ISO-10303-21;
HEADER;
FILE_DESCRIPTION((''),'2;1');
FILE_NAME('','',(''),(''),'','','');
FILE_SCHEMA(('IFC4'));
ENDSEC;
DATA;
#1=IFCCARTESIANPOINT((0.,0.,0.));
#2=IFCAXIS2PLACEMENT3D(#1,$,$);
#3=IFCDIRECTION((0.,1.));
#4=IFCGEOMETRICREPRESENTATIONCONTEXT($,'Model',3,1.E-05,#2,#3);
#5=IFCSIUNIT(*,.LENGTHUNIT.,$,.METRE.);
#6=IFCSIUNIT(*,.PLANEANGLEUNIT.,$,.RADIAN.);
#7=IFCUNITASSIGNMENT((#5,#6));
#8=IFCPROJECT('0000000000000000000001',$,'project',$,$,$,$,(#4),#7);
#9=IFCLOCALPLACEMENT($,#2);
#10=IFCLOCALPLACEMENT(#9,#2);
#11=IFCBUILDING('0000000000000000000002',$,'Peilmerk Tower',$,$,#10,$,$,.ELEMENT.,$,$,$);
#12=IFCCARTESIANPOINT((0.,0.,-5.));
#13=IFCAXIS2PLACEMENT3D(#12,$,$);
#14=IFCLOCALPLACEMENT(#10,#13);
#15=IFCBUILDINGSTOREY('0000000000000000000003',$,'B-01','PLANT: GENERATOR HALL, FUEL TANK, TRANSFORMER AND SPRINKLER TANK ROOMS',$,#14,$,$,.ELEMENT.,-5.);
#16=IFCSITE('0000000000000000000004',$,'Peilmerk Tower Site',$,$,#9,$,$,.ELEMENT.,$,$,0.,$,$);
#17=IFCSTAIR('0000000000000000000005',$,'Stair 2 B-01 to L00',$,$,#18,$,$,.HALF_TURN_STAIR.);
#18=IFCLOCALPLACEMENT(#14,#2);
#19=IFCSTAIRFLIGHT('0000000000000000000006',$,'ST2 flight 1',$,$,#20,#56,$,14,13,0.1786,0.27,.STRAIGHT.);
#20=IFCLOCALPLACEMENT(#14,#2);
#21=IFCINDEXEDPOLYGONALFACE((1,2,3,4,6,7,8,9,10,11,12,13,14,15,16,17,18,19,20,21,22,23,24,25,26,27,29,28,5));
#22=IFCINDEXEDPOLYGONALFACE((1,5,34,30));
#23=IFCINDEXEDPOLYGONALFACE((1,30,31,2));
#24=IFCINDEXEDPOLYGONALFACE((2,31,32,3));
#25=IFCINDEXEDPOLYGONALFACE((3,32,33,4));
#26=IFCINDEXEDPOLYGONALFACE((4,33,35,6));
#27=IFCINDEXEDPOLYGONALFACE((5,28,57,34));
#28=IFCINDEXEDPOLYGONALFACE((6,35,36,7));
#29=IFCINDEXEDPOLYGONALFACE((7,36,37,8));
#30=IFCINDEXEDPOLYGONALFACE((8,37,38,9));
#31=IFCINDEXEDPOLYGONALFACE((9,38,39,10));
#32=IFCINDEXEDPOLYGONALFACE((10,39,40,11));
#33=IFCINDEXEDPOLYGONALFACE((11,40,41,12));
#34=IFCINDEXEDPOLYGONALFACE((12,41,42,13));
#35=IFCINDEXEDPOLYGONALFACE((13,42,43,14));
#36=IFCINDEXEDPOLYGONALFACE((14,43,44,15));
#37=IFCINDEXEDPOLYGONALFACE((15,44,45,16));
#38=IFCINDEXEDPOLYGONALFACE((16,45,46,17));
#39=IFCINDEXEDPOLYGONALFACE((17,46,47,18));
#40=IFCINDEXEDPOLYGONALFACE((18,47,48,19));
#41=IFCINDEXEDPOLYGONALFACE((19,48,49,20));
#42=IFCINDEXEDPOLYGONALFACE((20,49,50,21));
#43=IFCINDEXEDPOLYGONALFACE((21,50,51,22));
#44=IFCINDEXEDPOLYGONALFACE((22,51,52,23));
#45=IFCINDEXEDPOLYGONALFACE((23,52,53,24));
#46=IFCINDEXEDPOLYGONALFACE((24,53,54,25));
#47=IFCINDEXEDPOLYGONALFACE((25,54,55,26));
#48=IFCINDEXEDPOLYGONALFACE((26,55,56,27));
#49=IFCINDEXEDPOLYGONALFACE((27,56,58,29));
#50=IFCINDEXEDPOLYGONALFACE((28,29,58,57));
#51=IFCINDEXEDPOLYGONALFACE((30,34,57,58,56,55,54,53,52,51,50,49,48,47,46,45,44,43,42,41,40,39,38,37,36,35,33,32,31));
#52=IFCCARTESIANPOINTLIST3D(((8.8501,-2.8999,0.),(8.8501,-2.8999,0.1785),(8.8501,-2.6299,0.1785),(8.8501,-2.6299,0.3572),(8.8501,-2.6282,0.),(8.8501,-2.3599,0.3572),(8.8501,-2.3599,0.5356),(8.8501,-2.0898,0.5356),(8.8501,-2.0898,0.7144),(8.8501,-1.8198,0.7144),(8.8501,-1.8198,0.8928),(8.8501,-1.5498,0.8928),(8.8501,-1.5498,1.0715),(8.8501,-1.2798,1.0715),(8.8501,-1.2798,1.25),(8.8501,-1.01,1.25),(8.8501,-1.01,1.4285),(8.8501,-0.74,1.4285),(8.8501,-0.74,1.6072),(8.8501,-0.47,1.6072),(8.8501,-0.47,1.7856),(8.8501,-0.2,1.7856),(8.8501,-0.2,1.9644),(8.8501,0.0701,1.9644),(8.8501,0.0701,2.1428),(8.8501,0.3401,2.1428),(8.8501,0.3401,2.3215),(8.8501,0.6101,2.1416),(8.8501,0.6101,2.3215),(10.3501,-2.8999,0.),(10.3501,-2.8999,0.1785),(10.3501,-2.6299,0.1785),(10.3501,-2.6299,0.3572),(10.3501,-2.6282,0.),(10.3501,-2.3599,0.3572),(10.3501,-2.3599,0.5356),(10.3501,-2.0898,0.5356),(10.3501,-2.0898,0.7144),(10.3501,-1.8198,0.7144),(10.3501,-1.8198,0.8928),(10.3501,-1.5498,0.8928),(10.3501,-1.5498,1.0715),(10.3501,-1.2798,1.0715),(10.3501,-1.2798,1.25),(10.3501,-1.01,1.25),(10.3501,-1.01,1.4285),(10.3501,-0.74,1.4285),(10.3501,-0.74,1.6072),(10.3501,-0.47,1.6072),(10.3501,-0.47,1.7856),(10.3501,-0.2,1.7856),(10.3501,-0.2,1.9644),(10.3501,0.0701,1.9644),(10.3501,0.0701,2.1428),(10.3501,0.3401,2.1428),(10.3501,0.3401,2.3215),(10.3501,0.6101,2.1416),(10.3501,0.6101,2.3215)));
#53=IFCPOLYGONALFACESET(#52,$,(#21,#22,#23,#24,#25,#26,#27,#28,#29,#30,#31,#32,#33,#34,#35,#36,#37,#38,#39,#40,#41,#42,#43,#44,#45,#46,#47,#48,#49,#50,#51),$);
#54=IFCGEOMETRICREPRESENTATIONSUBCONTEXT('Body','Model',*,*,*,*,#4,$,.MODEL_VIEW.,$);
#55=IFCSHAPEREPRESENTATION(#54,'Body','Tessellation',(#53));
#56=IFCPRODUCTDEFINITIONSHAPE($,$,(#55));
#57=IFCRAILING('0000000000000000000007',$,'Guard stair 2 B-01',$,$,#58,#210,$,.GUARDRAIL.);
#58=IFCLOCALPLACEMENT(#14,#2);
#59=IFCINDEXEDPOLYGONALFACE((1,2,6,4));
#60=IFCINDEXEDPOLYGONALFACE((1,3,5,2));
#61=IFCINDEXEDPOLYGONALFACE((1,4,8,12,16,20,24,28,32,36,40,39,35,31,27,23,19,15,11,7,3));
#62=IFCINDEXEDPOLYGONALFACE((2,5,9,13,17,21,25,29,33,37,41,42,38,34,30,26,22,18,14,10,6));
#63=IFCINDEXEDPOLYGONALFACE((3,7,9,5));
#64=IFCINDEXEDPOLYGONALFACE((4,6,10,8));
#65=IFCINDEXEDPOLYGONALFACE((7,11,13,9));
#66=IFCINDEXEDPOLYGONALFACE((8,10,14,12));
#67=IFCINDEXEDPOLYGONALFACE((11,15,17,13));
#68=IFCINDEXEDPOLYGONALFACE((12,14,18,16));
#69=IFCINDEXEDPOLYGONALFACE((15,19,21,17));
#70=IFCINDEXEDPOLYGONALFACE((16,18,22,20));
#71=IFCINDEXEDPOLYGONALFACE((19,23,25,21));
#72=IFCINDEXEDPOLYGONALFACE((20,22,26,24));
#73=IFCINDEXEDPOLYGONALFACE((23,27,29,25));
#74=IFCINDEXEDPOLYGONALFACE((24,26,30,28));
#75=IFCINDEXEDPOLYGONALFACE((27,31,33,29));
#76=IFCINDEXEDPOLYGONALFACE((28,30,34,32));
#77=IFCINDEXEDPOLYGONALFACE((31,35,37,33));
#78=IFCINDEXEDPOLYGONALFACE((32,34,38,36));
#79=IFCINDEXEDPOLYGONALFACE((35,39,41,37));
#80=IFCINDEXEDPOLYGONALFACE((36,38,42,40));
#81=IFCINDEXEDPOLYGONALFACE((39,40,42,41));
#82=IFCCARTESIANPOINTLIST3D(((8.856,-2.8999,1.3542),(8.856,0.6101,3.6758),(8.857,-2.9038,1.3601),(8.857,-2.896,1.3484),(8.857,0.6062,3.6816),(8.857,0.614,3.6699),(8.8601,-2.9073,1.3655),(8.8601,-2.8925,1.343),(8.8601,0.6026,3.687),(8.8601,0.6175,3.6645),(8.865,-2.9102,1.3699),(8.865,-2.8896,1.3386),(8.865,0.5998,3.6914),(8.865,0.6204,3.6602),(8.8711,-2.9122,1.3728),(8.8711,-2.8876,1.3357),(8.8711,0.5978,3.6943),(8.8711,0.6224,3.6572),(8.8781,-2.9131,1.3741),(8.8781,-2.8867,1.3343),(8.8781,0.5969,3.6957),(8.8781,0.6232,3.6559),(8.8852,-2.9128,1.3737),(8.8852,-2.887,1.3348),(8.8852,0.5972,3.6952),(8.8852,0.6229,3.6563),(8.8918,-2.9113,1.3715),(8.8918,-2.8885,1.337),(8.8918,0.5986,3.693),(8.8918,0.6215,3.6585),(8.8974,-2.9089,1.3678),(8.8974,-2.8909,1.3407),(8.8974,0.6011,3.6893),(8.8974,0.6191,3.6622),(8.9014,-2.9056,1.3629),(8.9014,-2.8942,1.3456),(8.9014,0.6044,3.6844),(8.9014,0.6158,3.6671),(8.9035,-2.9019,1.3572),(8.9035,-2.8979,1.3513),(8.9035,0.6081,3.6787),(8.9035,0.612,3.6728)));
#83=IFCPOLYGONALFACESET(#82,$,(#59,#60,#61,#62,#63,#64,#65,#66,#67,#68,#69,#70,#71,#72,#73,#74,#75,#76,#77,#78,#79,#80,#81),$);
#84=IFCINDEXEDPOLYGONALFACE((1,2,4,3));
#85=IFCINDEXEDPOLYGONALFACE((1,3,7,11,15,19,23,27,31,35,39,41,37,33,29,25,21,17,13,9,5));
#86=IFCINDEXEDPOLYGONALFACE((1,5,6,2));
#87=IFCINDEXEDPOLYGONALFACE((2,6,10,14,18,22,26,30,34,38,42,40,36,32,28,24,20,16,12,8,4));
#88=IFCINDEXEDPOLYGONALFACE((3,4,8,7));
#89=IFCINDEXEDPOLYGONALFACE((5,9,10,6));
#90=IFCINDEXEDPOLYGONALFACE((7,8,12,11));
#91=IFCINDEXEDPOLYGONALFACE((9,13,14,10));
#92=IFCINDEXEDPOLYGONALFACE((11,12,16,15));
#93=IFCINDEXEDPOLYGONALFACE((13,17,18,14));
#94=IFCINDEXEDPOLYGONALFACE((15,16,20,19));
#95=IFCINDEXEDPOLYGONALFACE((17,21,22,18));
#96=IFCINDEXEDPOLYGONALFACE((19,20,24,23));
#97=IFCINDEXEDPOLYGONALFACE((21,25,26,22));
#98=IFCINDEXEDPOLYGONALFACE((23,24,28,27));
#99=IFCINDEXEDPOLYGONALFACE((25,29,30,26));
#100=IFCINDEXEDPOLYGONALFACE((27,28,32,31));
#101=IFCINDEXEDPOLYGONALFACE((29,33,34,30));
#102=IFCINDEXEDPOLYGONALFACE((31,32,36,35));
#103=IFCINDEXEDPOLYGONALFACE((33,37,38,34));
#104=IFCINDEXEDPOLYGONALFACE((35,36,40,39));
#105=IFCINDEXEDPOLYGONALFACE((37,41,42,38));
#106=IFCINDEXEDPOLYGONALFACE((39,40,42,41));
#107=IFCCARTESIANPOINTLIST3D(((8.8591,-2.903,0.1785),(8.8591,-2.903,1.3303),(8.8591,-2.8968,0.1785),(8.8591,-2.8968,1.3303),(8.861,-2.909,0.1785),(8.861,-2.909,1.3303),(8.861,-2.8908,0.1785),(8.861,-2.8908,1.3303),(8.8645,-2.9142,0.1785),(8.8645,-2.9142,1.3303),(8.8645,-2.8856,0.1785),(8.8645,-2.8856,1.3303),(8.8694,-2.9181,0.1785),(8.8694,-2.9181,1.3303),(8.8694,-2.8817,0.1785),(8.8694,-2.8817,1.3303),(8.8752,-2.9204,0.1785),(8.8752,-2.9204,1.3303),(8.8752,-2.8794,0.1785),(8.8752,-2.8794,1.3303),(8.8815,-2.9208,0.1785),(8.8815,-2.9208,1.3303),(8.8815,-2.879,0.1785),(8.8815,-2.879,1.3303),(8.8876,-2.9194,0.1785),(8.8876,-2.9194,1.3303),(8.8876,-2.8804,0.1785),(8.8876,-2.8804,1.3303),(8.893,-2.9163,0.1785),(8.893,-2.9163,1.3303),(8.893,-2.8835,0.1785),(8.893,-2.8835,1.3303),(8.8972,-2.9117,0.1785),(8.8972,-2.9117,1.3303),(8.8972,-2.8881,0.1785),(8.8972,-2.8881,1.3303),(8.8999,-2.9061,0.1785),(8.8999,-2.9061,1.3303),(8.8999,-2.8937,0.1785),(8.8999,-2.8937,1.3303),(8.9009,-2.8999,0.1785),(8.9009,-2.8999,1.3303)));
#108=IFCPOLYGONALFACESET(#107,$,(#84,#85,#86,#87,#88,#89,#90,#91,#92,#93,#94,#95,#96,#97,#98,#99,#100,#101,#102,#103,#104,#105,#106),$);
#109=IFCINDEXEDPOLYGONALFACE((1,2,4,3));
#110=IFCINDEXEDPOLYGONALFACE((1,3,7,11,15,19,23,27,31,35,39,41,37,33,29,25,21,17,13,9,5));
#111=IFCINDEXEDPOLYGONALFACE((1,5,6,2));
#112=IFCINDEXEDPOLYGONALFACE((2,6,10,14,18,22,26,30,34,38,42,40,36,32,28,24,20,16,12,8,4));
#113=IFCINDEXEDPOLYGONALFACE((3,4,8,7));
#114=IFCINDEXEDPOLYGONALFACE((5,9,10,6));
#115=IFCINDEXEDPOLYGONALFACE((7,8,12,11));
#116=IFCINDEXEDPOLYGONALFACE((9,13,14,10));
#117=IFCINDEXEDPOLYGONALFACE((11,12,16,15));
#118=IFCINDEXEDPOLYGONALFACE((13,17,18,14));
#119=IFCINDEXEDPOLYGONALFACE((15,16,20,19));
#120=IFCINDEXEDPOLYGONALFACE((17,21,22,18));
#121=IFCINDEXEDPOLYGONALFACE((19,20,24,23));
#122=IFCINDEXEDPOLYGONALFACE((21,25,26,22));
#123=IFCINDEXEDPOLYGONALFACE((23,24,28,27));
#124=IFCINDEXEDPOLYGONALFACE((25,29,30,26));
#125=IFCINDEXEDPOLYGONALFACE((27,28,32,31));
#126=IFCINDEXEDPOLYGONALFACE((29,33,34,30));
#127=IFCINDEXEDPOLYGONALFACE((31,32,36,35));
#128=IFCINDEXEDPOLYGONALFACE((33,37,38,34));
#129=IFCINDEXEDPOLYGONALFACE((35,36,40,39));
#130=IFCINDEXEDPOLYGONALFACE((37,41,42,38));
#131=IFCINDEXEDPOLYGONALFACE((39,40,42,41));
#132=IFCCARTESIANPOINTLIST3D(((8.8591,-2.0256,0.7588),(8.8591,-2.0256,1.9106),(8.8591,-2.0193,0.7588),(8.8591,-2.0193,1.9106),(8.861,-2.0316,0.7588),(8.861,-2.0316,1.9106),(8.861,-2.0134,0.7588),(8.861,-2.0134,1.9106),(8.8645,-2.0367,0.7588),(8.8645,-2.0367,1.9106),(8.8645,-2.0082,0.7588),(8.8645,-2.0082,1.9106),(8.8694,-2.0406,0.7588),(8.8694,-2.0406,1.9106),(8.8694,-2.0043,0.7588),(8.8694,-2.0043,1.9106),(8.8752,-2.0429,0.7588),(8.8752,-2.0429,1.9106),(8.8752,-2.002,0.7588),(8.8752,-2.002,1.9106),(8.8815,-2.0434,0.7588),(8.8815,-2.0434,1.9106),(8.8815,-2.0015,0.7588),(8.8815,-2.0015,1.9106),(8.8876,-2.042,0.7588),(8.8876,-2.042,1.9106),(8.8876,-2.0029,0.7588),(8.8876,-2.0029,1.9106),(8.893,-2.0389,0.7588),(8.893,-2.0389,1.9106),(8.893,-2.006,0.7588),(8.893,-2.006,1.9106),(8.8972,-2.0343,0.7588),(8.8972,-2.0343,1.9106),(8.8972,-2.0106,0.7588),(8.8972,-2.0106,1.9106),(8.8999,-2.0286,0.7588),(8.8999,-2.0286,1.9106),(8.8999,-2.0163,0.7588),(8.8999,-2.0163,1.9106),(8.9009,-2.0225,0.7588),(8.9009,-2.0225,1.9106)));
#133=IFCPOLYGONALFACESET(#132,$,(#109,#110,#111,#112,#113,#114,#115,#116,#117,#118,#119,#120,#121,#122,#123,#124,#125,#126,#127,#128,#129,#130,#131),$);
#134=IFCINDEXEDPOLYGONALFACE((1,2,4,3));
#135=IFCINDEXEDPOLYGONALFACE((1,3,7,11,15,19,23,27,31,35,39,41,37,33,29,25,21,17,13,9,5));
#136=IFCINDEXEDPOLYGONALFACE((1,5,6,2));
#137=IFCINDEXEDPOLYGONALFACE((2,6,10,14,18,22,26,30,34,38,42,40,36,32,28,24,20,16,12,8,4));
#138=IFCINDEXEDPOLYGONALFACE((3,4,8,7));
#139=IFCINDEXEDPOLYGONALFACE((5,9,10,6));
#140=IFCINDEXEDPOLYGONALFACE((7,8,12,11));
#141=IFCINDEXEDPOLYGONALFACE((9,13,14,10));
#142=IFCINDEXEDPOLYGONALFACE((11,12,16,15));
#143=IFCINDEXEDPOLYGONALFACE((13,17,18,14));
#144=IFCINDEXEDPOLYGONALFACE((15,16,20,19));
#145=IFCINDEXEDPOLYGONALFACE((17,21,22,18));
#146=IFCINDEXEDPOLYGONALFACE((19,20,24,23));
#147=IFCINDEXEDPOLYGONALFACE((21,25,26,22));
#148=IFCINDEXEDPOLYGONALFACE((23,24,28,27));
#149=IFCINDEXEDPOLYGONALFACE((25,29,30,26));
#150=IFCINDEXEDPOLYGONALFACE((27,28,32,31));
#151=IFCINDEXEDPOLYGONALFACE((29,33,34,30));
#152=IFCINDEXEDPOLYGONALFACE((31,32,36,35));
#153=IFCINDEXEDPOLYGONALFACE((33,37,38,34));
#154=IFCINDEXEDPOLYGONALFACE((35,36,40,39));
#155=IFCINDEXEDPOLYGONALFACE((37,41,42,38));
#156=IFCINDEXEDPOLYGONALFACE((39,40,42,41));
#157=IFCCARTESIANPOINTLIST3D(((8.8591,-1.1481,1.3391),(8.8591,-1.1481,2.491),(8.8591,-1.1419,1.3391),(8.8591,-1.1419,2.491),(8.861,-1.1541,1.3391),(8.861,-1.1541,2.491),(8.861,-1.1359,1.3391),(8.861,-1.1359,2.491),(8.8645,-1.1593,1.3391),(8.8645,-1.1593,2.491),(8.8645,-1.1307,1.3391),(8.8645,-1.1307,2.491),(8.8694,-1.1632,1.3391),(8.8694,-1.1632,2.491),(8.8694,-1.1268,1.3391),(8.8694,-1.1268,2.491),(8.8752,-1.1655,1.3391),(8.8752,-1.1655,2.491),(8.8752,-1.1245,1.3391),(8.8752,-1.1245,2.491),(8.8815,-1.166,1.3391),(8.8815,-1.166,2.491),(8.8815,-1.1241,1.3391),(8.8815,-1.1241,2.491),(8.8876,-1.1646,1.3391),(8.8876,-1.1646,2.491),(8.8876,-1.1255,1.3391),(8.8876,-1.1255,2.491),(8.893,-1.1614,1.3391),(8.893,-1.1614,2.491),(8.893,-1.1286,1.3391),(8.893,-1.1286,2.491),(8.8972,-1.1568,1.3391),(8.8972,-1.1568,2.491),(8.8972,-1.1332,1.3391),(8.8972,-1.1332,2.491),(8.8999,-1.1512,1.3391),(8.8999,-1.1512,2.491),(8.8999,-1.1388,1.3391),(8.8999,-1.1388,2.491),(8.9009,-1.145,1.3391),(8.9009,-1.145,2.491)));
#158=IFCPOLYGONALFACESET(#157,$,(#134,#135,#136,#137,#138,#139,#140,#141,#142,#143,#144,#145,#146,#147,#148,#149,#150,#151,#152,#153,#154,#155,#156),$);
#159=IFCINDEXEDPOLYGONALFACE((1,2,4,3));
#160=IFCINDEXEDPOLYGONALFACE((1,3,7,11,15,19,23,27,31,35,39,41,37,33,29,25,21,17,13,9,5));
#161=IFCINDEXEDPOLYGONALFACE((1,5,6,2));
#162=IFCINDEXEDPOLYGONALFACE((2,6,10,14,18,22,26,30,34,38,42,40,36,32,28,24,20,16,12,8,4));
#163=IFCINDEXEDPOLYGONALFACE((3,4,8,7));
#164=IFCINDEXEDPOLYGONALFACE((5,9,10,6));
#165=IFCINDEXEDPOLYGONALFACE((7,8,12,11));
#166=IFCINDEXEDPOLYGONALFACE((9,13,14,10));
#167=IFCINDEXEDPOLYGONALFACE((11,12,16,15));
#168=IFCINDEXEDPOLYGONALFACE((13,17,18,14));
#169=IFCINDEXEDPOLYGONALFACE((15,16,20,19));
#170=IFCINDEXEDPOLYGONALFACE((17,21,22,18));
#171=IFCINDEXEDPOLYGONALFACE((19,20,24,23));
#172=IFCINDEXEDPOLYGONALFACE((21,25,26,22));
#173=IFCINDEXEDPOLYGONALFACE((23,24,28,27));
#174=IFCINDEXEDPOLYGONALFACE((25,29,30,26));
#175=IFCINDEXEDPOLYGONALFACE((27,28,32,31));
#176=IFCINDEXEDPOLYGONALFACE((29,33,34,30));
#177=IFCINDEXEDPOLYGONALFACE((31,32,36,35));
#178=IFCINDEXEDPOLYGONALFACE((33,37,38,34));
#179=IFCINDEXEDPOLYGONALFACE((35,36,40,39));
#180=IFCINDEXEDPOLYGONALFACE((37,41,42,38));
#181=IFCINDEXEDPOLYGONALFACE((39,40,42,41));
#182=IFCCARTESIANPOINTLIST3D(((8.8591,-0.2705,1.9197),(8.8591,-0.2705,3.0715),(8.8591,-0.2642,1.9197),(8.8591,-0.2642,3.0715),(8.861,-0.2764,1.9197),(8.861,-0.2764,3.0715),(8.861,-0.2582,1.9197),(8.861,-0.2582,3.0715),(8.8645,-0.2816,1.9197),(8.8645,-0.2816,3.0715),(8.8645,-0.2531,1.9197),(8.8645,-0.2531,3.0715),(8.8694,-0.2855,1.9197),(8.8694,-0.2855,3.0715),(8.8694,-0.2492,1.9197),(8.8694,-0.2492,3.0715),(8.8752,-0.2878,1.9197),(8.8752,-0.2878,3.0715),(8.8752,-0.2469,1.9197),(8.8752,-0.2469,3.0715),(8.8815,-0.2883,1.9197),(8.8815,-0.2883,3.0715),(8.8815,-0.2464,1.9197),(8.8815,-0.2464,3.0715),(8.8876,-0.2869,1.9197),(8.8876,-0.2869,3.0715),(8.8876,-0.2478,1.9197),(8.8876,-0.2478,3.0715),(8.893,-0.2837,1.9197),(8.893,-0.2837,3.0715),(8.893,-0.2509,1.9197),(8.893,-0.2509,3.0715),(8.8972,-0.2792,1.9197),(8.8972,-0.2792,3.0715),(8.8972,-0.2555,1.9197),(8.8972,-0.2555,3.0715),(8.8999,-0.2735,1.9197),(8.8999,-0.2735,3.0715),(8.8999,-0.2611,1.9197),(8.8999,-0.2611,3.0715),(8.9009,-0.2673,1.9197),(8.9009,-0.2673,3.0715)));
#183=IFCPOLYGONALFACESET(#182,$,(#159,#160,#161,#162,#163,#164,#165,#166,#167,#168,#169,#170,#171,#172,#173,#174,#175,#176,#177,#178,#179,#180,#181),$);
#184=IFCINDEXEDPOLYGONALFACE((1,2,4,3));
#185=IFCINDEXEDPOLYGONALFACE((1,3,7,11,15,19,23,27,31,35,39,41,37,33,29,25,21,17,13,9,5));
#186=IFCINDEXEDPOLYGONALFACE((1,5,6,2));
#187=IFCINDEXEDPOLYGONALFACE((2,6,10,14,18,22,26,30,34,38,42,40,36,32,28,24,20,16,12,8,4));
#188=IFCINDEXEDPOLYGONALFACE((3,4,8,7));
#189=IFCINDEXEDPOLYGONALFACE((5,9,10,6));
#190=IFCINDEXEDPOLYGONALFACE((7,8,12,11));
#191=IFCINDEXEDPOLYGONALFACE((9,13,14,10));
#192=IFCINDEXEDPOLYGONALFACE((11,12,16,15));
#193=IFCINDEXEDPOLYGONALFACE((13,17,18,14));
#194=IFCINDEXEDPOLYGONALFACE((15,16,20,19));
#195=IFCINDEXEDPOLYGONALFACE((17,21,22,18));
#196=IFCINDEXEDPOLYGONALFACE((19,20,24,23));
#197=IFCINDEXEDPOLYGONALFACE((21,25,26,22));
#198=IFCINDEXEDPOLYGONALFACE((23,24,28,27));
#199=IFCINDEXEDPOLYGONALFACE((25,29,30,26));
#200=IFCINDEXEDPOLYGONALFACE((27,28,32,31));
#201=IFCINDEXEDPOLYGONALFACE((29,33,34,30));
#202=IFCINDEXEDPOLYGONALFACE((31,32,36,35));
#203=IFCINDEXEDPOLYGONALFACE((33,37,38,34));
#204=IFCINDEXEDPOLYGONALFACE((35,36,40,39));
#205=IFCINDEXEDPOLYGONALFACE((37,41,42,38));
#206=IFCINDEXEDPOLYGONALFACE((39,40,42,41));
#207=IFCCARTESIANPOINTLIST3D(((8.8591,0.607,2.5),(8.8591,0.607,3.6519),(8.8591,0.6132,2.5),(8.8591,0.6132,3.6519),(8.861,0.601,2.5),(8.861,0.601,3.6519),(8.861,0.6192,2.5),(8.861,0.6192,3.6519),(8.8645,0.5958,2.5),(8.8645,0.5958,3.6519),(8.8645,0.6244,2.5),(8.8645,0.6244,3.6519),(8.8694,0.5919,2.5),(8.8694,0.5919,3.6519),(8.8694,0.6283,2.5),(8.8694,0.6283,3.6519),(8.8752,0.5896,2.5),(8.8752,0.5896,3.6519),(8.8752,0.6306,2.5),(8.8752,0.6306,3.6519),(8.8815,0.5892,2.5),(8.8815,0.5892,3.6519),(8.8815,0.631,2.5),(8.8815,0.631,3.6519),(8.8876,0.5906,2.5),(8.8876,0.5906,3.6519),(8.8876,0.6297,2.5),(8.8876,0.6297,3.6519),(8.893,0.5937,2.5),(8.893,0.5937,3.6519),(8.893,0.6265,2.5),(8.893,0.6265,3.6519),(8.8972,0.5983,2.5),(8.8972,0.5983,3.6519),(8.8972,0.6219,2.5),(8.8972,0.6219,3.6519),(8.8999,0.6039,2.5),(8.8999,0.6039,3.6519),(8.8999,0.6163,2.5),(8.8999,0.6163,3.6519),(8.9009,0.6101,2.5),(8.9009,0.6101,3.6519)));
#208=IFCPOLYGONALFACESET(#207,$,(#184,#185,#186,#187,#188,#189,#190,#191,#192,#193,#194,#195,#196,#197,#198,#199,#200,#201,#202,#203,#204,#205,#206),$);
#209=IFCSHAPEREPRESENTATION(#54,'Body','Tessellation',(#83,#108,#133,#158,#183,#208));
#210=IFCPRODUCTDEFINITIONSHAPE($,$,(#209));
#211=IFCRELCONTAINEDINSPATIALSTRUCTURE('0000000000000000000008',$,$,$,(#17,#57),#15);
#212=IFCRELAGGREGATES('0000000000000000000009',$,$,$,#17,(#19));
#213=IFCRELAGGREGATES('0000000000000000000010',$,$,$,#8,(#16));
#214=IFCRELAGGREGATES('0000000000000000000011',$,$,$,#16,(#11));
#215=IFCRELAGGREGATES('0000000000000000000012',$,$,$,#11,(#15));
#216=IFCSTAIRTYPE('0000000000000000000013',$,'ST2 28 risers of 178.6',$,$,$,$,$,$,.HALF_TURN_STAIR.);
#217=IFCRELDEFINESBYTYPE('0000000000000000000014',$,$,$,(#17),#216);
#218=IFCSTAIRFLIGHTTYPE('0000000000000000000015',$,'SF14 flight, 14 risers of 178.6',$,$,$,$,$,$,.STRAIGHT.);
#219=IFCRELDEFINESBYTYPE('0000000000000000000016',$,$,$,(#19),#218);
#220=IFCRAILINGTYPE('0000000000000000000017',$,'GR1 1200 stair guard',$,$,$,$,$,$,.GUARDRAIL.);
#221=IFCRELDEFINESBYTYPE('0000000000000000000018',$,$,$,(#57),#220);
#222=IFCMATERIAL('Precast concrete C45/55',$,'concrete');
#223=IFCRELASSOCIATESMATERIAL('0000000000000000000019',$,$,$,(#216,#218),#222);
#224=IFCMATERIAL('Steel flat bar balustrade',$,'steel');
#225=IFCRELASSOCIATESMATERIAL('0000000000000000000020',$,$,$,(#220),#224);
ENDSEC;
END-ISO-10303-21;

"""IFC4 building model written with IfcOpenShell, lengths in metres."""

from ifc_helpers import new_model, si_unit, direction, frame, origin, origin_2d, place, context, subcontext, project, spatial, polyline, circle, outline, extrude, material, type_object, element, aggregate, save


model = new_model("IFC4")

# Units and contexts
model_context = context("Model", 3, precision=1e-05, world=origin(), true_north=direction((0.0, 1.0)))
body_context = subcontext(model_context, "Body", "Model", "MODEL_VIEW")
ifc_project = project(units=[si_unit("LENGTHUNIT", "METRE"), si_unit("PLANEANGLEUNIT", "RADIAN")], contexts=[model_context])

# Site, building, storey
site_placement = place(None, origin())
site = spatial("IfcSite", under=ifc_project, at=site_placement, Name="Peilmerk Tower Site", CompositionType="ELEMENT", RefElevation=0.0)
building_placement = place(site_placement, origin())
building = spatial("IfcBuilding", under=site, at=building_placement, Name="Peilmerk Tower", CompositionType="ELEMENT")
storey_placement = place(building_placement, frame((0.0, 0.0, -5.0)))
storey = spatial("IfcBuildingStorey", under=building, at=storey_placement, Name="B-01", Description="PLANT: GENERATOR HALL, FUEL TANK, TRANSFORMER AND SPRINKLER TANK ROOMS", CompositionType="ELEMENT", Elevation=-5.0)

# Stair, stair flight
ifc_material_1 = material(Name="Precast concrete C45/55", Category="concrete")
stair_type = type_object("IfcStairType", Name="ST2 28 risers of 178.6", PredefinedType="HALF_TURN_STAIR", material=ifc_material_1)
stair_placement = place(storey_placement, origin())
stair = element("IfcStair", 1, at=stair_placement, inside=storey, type_object=stair_type, Name="Stair 2 B-01 to L00", PredefinedType="HALF_TURN_STAIR")
stair_flight_type = type_object("IfcStairFlightType", Name="SF14 flight, 14 risers of 178.6", PredefinedType="STRAIGHT", material=ifc_material_1)
stair_flight_placement = place(storey_placement, frame((9.6001, -2.8999, 0.0), z_axis=(0.0, 0.0, 1.0), x_axis=(0.0, 1.0, 0.0)))
stair_flight = element("IfcStairFlight", 2, at=stair_flight_placement, type_object=stair_flight_type, Name="ST2 flight 1", NumberOfRisers=14, NumberOfTreads=13, PredefinedType="STRAIGHT", RiserHeight=0.1786, TreadLength=0.27, context=body_context, shape_type="SweptSolid", body=[
    extrude(outline(polyline([(0.0, 0.0), (0.0, 0.1785), (0.27, 0.1785), (0.27, 0.3572), (0.54, 0.3572), (0.54, 0.5356), (0.8101, 0.5356), (0.8101, 0.7144), (1.0801, 0.7144), (1.0801, 0.8928), (1.3501, 0.8928), (1.3501, 1.0715), (1.6201, 1.0715), (1.6201, 1.25), (1.8899, 1.25), (1.8899, 1.4285), (2.1599, 1.4285), (2.1599, 1.6072), (2.4299, 1.6072), (2.4299, 1.7856), (2.7, 1.7856), (2.7, 1.9644), (2.97, 1.9644), (2.97, 2.1428), (3.24, 2.1428), (3.24, 2.3215), (3.51, 2.3215), (3.51, 2.5), (3.51, 2.1416), (0.2717, 0.0), (0.0, 0.0)])), frame((0.0, 0.75, 0.0), z_axis=(0.0, -1.0, 0.0), x_axis=(1.0, 0.0, 0.0)), (0.0, 0.0, 1.0), 1.5),
])
aggregate(stair, [stair_flight])

# Railing
ifc_material_2 = material(Name="Steel flat bar balustrade", Category="steel")
railing_type_1 = type_object("IfcRailingType", Name="GR1 1200 stair guard", PredefinedType="GUARDRAIL", material=ifc_material_2)
railing_1_placement = place(storey_placement, frame((8.8799, -2.8999, 0.1785)))
element("IfcRailing", 3, at=railing_1_placement, inside=storey, type_object=railing_type_1, Name="Guard stair 2 B-01", PredefinedType="GUARDRAIL", context=body_context, shape_type="SweptSolid", body=[
    extrude(circle(Radius=0.0239, at=origin_2d()), frame((0.0, 0.0, 1.1758), z_axis=(0.0, 0.834071, 0.551657), x_axis=(-1.0, 0.0, 0.0)), (0.0, 0.0, 1.0), 4.2083),
    extrude(circle(Radius=0.021, at=origin_2d()), origin(), (0.0, 0.0, 1.0), 1.1519),
    extrude(circle(Radius=0.021, at=origin_2d()), frame((0.0, 0.8774, 0.5803)), (0.0, 0.0, 1.0), 1.1519),
    extrude(circle(Radius=0.021, at=origin_2d()), frame((0.0, 1.7549, 1.1606)), (0.0, 0.0, 1.0), 1.1519),
    extrude(circle(Radius=0.021, at=origin_2d()), frame((0.0, 2.6326, 1.7412)), (0.0, 0.0, 1.0), 1.1519),
    extrude(circle(Radius=0.021, at=origin_2d()), frame((0.0, 3.51, 2.3215)), (0.0, 0.0, 1.0), 1.1519),
])

save(model, "model.ifc")
